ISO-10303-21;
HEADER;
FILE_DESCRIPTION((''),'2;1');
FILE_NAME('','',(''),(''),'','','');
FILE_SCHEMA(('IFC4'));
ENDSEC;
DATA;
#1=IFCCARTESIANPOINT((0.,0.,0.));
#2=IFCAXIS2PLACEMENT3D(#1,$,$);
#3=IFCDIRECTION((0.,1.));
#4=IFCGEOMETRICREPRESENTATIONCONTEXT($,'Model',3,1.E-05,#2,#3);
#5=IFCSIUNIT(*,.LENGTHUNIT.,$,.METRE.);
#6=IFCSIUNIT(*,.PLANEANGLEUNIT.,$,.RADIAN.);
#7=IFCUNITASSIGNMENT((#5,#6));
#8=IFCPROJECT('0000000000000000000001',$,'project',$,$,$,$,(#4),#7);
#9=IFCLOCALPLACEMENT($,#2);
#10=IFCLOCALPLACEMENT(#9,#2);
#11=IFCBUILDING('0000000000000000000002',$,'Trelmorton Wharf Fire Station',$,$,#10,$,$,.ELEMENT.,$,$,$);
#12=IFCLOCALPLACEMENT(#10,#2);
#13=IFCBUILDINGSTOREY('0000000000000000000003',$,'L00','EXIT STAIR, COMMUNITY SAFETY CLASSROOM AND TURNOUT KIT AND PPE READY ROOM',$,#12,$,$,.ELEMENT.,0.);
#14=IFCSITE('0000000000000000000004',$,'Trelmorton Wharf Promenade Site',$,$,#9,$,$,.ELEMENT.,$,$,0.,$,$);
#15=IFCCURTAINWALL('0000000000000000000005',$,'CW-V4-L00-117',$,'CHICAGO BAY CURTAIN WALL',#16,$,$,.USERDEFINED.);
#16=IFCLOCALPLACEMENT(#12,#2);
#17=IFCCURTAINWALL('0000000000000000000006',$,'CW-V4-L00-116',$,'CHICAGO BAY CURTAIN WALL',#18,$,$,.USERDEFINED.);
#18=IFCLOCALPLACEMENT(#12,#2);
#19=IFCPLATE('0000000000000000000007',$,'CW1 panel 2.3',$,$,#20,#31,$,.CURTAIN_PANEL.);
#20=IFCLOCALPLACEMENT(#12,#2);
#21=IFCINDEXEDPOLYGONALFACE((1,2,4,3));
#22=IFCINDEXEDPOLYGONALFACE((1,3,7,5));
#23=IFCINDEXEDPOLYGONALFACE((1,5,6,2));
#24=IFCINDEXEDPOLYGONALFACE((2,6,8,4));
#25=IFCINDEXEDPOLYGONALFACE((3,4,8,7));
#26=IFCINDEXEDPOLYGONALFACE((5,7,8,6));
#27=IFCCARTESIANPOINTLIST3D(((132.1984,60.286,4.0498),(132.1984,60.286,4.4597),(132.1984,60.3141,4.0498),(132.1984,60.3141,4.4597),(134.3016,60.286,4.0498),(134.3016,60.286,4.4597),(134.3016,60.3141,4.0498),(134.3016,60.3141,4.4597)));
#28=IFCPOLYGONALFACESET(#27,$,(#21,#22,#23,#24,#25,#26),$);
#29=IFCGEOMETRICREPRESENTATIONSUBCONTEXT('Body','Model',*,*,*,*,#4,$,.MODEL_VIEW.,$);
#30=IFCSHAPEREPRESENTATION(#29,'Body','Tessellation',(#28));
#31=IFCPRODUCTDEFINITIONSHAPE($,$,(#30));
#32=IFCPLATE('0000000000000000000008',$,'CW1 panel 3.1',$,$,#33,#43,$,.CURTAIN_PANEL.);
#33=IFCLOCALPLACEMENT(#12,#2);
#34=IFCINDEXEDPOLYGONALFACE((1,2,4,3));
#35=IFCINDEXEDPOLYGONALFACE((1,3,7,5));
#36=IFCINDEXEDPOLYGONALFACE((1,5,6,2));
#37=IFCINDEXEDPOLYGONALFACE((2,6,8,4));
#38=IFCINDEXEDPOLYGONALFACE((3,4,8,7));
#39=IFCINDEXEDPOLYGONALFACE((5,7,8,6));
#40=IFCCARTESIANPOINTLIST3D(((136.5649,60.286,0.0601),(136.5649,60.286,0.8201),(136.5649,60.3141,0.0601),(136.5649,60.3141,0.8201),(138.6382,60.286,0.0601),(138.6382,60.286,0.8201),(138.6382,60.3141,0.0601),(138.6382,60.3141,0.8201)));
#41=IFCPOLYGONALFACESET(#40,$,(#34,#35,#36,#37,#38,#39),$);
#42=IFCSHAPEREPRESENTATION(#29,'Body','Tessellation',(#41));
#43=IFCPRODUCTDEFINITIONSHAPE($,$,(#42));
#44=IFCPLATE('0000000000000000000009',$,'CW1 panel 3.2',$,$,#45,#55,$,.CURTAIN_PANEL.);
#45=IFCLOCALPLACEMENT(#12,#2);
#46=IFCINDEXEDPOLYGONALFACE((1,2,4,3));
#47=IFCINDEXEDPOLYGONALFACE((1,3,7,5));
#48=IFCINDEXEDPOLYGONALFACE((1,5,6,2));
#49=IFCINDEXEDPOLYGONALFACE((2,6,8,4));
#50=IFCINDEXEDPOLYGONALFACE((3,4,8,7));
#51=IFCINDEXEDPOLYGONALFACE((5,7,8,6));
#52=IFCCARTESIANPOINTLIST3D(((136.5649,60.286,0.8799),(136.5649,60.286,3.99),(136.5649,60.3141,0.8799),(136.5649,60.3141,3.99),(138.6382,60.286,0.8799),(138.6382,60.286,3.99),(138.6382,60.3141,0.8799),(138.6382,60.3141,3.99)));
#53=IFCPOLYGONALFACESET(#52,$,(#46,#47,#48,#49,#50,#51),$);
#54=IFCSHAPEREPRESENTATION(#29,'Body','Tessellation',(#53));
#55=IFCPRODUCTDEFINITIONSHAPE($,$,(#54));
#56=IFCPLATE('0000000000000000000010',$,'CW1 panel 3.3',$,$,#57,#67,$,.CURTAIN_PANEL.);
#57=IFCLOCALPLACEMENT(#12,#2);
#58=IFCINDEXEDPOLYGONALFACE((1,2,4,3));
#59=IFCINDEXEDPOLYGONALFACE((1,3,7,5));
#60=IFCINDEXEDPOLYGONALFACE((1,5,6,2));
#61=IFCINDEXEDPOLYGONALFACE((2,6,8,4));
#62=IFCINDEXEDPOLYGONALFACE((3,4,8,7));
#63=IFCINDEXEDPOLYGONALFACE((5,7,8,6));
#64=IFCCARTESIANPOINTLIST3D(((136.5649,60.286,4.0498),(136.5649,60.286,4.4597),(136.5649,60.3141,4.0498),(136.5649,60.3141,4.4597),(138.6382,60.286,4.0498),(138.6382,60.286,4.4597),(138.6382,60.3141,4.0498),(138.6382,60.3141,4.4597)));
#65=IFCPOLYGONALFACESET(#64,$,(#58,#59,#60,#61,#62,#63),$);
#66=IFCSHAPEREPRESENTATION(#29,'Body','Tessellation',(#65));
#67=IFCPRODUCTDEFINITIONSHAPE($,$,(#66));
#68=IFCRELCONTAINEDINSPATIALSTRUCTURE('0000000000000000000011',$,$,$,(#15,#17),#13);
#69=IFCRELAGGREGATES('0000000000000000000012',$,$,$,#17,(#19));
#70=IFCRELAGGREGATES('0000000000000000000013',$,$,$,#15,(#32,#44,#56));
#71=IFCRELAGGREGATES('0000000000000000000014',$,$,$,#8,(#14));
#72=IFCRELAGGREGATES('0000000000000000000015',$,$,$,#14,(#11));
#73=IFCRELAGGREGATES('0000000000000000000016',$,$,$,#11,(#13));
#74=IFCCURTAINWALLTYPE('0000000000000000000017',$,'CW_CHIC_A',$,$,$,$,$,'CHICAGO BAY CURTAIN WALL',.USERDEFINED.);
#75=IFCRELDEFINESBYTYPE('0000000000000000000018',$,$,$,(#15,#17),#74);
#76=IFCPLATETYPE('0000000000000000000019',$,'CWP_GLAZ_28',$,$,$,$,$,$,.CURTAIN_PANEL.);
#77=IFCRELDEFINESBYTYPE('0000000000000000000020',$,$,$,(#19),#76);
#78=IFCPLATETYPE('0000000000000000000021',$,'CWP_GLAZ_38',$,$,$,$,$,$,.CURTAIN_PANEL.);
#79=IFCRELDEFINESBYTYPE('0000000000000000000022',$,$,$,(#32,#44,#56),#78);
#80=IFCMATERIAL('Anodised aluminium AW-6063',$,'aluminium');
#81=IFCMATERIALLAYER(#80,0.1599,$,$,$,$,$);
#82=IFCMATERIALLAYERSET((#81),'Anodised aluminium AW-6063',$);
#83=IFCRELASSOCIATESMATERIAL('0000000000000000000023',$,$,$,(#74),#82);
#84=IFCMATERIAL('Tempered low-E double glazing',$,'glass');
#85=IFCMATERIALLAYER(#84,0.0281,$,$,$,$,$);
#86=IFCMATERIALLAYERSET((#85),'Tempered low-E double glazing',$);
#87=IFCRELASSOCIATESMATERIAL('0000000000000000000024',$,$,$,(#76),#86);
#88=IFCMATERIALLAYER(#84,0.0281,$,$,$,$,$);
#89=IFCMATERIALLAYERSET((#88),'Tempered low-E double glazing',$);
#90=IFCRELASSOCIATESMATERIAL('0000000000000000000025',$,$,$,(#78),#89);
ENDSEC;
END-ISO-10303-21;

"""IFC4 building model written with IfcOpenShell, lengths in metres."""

from ifc_helpers import new_model, si_unit, direction, frame, origin, origin_2d, place, context, subcontext, project, spatial, rectangle, extrude, material, layer, layer_set, type_object, element, aggregate, save


model = new_model("IFC4")

# Units and contexts
model_context = context("Model", 3, precision=1e-05, world=origin(), true_north=direction((0.0, 1.0)))
body_context = subcontext(model_context, "Body", "Model", "MODEL_VIEW")
ifc_project = project(units=[si_unit("LENGTHUNIT", "METRE"), si_unit("PLANEANGLEUNIT", "RADIAN")], contexts=[model_context])

# Site, building, storey
site_placement = place(None, origin())
site = spatial("IfcSite", under=ifc_project, at=site_placement, Name="Trelmorton Wharf Promenade Site", CompositionType="ELEMENT", RefElevation=0.0)
building_placement = place(site_placement, origin())
building = spatial("IfcBuilding", under=site, at=building_placement, Name="Trelmorton Wharf Fire Station", CompositionType="ELEMENT")
storey_placement = place(building_placement, origin())
storey = spatial("IfcBuildingStorey", under=building, at=storey_placement, Name="L00", Description="EXIT STAIR, COMMUNITY SAFETY CLASSROOM AND TURNOUT KIT AND PPE READY ROOM", CompositionType="ELEMENT", Elevation=0.0)

# Curtain wall
ifc_material_1 = material(Name="Anodised aluminium AW-6063", Category="aluminium")
ifc_layer_1 = layer(ifc_material_1, 0.1599)
ifc_layer_set_1 = layer_set([ifc_layer_1], Name="Anodised aluminium AW-6063")
curtain_wall_type = type_object("IfcCurtainWallType", Name="CW_CHIC_A", ElementType="CHICAGO BAY CURTAIN WALL", PredefinedType="USERDEFINED", material=ifc_layer_set_1)
curtain_wall_1_placement = place(storey_placement, origin())
curtain_wall_1 = element("IfcCurtainWall", 1, at=curtain_wall_1_placement, inside=storey, type_object=curtain_wall_type, Name="CW-V4-L00-117", ObjectType="CHICAGO BAY CURTAIN WALL", PredefinedType="USERDEFINED")

# Curtain wall
curtain_wall_2_placement = place(storey_placement, origin())
curtain_wall_2 = element("IfcCurtainWall", 2, at=curtain_wall_2_placement, inside=storey, type_object=curtain_wall_type, Name="CW-V4-L00-116", ObjectType="CHICAGO BAY CURTAIN WALL", PredefinedType="USERDEFINED")

# Plates
ifc_material_2 = material(Name="Tempered low-E double glazing", Category="glass")
ifc_layer_2 = layer(ifc_material_2, 0.0281)
ifc_layer_set_2 = layer_set([ifc_layer_2], Name="Tempered low-E double glazing")
plate_type_1 = type_object("IfcPlateType", Name="CWP_GLAZ_28", PredefinedType="CURTAIN_PANEL", material=ifc_layer_set_2)
plate_1_placement = place(storey_placement, frame((133.25, 60.3, 4.0498), z_axis=(0.0, 0.0, 1.0), x_axis=(-1.0, 0.0, 0.0)))
plate_1 = element("IfcPlate", 3, at=plate_1_placement, type_object=plate_type_1, Name="CW1 panel 2.3", PredefinedType="CURTAIN_PANEL", context=body_context, shape_type="SweptSolid", body=[
    extrude(rectangle(XDim=2.1033, YDim=0.0281, at=origin_2d()), origin(), (0.0, 0.0, 1.0), 0.4099),
])
aggregate(curtain_wall_2, [plate_1])
ifc_layer_3 = layer(ifc_material_2, 0.0281)
ifc_layer_set_3 = layer_set([ifc_layer_3], Name="Tempered low-E double glazing")
plate_type_2 = type_object("IfcPlateType", Name="CWP_GLAZ_38", PredefinedType="CURTAIN_PANEL", material=ifc_layer_set_3)
plate_2_placement = place(storey_placement, frame((137.6016, 60.3, 0.0601), z_axis=(0.0, 0.0, 1.0), x_axis=(-1.0, 0.0, 0.0)))
plate_2 = element("IfcPlate", 4, at=plate_2_placement, type_object=plate_type_2, Name="CW1 panel 3.1", PredefinedType="CURTAIN_PANEL", context=body_context, shape_type="SweptSolid", body=[
    extrude(rectangle(XDim=2.0732, YDim=0.0281, at=origin_2d()), origin(), (0.0, 0.0, 1.0), 0.76),
])
plate_3_placement = place(storey_placement, frame((137.6016, 60.3, 0.8799), z_axis=(0.0, 0.0, 1.0), x_axis=(-1.0, 0.0, 0.0)))
plate_3 = element("IfcPlate", 5, at=plate_3_placement, type_object=plate_type_2, Name="CW1 panel 3.2", PredefinedType="CURTAIN_PANEL", context=body_context, shape_type="SweptSolid", body=[
    extrude(rectangle(XDim=2.0732, YDim=0.0281, at=origin_2d()), origin(), (0.0, 0.0, 1.0), 3.1101),
])
plate_4_placement = place(storey_placement, frame((137.6016, 60.3, 4.0498), z_axis=(0.0, 0.0, 1.0), x_axis=(-1.0, 0.0, 0.0)))
plate_4 = element("IfcPlate", 6, at=plate_4_placement, type_object=plate_type_2, Name="CW1 panel 3.3", PredefinedType="CURTAIN_PANEL", context=body_context, shape_type="SweptSolid", body=[
    extrude(rectangle(XDim=2.0732, YDim=0.0281, at=origin_2d()), origin(), (0.0, 0.0, 1.0), 0.4099),
])
aggregate(curtain_wall_1, [plate_2, plate_3, plate_4])

save(model, "model.ifc")
